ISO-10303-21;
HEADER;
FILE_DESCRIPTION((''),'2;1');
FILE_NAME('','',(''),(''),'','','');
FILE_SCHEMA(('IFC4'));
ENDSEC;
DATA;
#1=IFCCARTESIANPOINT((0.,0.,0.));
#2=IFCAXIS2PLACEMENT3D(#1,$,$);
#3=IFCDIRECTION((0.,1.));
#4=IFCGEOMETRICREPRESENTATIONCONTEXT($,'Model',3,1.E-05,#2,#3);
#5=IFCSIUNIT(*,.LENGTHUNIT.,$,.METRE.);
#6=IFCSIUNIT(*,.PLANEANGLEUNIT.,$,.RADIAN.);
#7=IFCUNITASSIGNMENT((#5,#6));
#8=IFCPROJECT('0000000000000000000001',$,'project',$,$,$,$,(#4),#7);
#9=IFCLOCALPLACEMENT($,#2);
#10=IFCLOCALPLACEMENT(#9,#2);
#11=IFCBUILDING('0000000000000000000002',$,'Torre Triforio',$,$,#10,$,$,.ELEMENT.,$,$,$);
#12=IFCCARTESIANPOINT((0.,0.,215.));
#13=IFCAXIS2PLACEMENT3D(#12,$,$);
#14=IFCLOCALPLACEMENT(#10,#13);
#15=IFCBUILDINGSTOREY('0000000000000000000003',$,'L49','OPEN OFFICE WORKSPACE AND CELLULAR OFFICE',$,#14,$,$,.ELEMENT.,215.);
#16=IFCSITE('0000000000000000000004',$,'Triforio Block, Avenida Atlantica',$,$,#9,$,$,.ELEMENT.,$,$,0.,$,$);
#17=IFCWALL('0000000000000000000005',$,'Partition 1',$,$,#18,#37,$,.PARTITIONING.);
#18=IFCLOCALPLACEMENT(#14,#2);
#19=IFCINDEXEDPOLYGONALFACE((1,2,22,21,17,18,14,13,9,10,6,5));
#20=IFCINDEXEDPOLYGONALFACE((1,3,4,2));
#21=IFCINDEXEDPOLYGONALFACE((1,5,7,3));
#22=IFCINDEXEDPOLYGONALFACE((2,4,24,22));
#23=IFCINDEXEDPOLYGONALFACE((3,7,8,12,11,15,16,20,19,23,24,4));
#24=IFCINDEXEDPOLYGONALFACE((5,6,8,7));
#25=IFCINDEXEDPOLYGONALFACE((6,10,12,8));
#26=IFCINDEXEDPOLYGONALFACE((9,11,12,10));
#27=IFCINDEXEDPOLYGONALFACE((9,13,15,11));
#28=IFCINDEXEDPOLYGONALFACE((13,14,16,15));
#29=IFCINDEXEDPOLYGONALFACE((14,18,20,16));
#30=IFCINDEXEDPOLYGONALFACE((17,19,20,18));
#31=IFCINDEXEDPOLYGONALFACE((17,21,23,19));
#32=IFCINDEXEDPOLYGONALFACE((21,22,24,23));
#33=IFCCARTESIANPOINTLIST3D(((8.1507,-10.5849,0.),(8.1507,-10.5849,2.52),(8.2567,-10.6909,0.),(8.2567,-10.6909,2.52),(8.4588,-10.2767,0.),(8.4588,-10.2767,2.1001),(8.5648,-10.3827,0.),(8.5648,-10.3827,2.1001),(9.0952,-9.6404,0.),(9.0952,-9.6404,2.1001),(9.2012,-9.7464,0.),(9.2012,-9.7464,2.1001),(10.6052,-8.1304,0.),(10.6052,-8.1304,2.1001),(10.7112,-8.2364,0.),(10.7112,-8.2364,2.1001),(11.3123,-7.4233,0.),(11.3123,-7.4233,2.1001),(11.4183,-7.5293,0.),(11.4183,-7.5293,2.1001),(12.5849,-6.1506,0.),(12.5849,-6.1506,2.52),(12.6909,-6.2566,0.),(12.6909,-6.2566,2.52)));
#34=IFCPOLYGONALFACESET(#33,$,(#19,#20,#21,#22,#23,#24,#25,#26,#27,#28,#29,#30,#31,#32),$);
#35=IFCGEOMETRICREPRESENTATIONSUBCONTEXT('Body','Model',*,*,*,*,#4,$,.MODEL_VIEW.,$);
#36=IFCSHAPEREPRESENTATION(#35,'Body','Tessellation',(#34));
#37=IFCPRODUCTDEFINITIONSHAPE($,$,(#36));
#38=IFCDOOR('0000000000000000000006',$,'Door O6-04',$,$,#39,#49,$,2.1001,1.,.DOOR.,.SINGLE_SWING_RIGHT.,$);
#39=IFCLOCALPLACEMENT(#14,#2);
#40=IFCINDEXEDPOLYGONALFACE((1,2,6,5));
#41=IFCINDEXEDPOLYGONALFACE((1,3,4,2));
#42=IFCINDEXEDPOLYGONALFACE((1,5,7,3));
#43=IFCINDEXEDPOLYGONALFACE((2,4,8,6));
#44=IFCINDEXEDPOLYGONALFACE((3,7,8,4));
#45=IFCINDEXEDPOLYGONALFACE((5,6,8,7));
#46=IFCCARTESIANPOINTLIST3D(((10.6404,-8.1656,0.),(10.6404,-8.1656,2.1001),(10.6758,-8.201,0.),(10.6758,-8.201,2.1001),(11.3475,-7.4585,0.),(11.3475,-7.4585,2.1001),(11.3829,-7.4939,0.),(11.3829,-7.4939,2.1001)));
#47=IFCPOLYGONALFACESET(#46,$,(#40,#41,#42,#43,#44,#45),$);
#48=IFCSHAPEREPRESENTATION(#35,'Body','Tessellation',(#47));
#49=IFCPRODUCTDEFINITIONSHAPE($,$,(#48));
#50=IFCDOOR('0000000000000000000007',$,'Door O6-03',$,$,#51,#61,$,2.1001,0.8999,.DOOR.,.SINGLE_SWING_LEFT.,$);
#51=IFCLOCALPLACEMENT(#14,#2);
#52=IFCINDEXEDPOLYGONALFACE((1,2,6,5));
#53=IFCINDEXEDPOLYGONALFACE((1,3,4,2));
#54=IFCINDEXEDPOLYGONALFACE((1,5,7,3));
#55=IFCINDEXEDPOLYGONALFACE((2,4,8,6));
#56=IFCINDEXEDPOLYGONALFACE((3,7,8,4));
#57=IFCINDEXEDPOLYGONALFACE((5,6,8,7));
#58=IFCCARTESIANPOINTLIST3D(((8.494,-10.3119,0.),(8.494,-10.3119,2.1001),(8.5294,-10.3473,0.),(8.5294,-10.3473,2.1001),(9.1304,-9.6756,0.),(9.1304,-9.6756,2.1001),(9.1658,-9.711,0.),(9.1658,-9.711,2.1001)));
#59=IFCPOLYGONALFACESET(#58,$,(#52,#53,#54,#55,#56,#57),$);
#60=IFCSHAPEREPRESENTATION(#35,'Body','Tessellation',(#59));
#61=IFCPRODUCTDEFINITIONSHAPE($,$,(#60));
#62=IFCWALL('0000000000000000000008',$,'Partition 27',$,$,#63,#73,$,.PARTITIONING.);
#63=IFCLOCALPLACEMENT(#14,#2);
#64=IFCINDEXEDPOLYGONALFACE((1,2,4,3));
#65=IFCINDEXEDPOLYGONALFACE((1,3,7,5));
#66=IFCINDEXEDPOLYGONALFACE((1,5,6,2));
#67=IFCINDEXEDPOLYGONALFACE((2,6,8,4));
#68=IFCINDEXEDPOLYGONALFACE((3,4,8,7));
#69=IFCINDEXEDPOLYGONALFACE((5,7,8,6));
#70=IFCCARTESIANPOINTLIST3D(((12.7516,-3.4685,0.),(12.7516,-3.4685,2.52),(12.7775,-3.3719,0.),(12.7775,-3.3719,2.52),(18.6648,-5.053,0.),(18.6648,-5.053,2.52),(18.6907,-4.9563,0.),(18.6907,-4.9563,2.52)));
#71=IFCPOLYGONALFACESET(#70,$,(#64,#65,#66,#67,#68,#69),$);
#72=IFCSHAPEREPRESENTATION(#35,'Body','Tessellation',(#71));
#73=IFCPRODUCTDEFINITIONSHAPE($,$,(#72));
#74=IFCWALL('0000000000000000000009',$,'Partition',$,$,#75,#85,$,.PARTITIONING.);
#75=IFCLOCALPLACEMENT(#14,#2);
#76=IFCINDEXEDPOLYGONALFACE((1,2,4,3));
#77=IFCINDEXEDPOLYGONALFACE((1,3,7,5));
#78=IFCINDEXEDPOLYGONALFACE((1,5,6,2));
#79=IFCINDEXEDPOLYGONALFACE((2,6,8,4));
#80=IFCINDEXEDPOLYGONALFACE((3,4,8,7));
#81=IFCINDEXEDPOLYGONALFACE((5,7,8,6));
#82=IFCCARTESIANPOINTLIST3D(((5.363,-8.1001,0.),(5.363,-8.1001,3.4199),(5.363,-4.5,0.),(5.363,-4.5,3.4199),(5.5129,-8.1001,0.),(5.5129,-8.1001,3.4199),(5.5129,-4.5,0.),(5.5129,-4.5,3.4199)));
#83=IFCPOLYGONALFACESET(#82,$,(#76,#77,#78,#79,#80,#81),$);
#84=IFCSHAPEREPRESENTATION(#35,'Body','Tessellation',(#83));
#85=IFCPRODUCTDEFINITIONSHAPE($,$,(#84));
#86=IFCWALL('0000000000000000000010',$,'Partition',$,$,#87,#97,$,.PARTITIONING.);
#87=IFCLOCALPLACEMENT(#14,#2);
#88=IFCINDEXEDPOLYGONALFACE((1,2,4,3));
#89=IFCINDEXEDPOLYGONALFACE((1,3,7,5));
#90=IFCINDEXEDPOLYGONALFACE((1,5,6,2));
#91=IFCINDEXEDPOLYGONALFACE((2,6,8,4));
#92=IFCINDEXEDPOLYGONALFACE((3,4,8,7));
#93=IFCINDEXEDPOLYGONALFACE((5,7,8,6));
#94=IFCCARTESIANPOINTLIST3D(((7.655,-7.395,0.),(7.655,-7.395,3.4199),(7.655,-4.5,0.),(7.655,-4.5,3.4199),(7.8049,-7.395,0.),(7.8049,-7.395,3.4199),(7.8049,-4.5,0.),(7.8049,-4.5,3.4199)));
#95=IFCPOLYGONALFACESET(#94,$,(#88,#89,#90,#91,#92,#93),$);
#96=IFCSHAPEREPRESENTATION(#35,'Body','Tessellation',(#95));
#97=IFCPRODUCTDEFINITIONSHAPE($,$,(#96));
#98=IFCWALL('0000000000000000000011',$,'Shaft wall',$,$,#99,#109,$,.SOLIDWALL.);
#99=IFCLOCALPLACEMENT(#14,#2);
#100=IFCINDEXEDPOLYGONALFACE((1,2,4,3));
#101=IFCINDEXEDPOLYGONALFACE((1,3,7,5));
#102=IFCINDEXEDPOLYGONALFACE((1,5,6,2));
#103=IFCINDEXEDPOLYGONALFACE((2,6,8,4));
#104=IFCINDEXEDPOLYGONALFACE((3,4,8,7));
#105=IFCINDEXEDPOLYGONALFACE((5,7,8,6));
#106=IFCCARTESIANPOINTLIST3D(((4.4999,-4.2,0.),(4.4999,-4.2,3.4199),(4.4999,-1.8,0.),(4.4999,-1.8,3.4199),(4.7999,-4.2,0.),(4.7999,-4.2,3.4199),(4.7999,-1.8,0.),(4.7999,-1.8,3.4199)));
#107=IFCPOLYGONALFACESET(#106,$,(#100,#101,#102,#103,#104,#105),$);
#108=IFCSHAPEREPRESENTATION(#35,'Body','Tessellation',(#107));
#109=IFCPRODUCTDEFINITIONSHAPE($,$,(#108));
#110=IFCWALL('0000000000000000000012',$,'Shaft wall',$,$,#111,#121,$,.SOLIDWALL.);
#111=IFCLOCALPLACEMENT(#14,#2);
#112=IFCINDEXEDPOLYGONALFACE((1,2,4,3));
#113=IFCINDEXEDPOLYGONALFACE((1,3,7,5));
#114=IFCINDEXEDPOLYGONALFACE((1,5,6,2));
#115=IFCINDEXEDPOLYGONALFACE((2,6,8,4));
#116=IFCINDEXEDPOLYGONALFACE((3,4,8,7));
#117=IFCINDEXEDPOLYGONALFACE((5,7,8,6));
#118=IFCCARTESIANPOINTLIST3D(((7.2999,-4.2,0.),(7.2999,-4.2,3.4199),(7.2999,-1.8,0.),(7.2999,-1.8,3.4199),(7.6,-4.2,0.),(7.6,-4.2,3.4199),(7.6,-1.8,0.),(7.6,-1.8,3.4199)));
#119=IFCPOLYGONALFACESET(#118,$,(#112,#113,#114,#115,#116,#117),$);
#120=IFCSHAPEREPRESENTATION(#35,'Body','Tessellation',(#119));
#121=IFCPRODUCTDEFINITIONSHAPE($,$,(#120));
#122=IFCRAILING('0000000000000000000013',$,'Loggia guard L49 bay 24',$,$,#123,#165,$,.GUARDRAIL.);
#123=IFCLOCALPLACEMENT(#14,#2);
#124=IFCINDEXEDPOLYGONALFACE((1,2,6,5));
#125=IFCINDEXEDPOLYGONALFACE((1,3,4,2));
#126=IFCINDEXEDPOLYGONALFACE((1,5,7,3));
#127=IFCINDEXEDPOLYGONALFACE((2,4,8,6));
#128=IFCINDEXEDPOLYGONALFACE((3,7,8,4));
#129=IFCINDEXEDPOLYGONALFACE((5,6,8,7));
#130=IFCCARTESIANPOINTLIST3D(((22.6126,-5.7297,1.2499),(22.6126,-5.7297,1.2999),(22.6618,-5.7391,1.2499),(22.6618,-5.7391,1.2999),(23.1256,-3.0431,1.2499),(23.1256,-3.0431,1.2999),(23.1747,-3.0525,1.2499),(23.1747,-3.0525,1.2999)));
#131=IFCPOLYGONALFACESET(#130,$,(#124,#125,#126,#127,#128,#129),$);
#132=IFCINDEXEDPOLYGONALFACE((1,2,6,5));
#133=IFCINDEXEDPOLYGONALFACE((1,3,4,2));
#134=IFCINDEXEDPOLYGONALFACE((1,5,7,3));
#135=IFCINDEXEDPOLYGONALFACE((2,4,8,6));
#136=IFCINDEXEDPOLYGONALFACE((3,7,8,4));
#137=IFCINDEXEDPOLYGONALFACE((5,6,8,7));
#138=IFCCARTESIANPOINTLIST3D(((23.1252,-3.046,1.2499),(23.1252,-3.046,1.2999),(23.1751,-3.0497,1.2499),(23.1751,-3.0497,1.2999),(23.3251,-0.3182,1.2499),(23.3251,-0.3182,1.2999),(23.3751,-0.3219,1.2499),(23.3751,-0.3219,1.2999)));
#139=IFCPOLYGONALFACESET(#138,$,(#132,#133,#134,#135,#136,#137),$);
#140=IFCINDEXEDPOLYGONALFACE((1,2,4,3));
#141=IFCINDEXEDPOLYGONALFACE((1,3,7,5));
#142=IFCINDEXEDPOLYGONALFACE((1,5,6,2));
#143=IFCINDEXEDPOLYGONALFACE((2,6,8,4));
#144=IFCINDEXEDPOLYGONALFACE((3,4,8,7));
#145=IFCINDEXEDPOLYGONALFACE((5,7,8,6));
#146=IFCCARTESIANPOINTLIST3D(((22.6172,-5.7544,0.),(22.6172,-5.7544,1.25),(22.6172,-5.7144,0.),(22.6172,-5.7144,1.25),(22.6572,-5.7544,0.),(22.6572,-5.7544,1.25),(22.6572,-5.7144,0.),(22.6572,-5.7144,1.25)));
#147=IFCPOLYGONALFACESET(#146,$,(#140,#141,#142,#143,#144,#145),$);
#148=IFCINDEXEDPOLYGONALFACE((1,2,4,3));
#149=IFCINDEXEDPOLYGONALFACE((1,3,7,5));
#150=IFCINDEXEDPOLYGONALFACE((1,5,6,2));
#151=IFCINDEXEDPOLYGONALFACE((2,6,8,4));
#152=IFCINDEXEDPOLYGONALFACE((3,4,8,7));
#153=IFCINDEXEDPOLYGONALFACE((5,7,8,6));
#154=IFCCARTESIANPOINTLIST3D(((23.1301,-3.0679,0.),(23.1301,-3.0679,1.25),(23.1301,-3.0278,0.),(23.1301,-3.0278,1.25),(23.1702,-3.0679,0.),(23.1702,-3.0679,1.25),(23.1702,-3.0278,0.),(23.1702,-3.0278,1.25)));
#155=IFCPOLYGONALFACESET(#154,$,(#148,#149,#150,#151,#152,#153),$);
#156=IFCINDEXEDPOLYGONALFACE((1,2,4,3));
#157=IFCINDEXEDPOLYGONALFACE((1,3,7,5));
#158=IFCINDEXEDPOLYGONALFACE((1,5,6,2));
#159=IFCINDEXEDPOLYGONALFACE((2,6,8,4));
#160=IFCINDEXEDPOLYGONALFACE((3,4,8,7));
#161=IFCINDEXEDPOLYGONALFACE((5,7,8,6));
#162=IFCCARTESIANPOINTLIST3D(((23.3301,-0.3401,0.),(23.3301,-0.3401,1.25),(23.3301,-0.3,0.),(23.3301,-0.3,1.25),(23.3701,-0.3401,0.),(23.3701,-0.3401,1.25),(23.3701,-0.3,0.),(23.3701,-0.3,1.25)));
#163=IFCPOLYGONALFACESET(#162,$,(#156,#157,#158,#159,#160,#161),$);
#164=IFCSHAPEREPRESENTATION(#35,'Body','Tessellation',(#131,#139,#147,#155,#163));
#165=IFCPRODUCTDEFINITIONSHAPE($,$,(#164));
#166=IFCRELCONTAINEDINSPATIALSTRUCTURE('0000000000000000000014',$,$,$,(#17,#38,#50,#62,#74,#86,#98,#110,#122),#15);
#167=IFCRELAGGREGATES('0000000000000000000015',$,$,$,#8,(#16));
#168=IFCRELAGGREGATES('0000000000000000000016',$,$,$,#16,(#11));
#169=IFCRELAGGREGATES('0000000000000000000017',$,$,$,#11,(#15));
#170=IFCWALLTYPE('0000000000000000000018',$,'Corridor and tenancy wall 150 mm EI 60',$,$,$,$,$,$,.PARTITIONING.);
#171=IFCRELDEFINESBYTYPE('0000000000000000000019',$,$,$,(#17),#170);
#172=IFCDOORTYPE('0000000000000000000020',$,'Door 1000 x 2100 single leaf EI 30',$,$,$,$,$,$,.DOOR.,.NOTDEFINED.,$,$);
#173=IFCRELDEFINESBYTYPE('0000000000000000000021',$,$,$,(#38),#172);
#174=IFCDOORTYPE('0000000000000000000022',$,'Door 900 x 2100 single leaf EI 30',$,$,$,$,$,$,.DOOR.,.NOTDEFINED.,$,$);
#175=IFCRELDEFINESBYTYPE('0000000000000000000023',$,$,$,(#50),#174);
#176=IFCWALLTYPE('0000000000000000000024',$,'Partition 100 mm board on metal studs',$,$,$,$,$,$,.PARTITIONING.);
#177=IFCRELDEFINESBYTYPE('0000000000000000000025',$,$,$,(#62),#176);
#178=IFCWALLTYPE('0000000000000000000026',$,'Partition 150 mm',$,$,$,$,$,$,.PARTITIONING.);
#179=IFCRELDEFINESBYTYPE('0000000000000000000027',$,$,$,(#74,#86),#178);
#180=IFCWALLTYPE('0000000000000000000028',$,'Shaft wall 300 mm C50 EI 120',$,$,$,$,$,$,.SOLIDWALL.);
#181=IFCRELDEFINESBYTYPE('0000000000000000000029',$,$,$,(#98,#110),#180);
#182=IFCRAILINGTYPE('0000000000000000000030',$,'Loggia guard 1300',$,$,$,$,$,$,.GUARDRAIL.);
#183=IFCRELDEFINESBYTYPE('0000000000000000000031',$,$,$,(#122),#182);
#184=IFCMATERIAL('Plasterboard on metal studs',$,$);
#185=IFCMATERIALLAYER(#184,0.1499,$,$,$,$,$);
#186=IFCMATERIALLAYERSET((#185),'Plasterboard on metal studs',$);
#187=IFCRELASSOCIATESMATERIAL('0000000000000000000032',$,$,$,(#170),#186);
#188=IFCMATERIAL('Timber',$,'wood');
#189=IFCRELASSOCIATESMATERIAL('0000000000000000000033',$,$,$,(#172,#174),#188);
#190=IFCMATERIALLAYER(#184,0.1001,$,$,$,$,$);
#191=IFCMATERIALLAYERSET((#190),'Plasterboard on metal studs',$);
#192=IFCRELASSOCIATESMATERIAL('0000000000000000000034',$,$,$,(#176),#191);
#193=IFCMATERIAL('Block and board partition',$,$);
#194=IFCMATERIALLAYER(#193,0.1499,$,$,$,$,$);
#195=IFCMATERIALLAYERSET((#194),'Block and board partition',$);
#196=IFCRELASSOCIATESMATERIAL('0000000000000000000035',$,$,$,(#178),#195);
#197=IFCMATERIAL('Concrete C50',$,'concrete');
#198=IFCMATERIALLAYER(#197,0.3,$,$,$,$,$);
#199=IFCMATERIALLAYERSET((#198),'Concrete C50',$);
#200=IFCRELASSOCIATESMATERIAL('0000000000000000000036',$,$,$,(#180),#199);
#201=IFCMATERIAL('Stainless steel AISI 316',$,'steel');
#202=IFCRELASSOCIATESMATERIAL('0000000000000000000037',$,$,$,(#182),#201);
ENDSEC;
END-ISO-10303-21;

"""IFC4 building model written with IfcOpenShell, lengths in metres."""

from ifc_helpers import new_model, si_unit, direction, frame, frame_2d, origin, origin_2d, place, context, subcontext, project, spatial, rectangle, extrude, material, layer, layer_set, type_object, element, fill, save


model = new_model("IFC4")

# Units and contexts
model_context = context("Model", 3, precision=1e-05, world=origin(), true_north=direction((0.0, 1.0)))
body_context = subcontext(model_context, "Body", "Model", "MODEL_VIEW")
ifc_project = project(units=[si_unit("LENGTHUNIT", "METRE"), si_unit("PLANEANGLEUNIT", "RADIAN")], contexts=[model_context])

# Site, building, storey
site_placement = place(None, origin())
site = spatial("IfcSite", under=ifc_project, at=site_placement, Name="Triforio Block, Avenida Atlantica", CompositionType="ELEMENT", RefElevation=0.0)
building_placement = place(site_placement, origin())
building = spatial("IfcBuilding", under=site, at=building_placement, Name="Torre Triforio", CompositionType="ELEMENT")
storey_placement = place(building_placement, frame((0.0, 0.0, 215.0)))
storey = spatial("IfcBuildingStorey", under=building, at=storey_placement, Name="L49", Description="OPEN OFFICE WORKSPACE AND CELLULAR OFFICE", CompositionType="ELEMENT", Elevation=215.0)

# Shared definitions
ifc_material_1 = material(Name="Concrete C50", Category="concrete")

# Wall, openings, doors
ifc_material_2 = material(Name="Plasterboard on metal studs")
ifc_layer_1 = layer(ifc_material_2, 0.1499)
ifc_layer_set_1 = layer_set([ifc_layer_1], Name="Plasterboard on metal studs")
wall_type_1 = type_object("IfcWallType", Name="Corridor and tenancy wall 150 mm EI 60", PredefinedType="PARTITIONING", material=ifc_layer_set_1)
wall_1_placement = place(storey_placement, frame((12.6379, -6.2036, 0.0), z_axis=(0.0, 0.0, 1.0), x_axis=(-0.707107, -0.707107, 0.0)))
wall_1 = element("IfcWall", 1, at=wall_1_placement, inside=storey, type_object=wall_type_1, Name="Partition 1", PredefinedType="PARTITIONING", context=body_context, shape_type="SweptSolid", body=[
    extrude(rectangle(XDim=6.271, YDim=0.1499, at=frame_2d((3.1355, 0.0))), origin(), (0.0, 0.0, 1.0), 2.52),
])
opening_1_placement = place(wall_1_placement, frame((4.9353, 0.0, 0.0)))
opening_1 = element("IfcOpeningElement", 2, at=opening_1_placement, cuts=wall_1, PredefinedType="OPENING", context=body_context, shape_type="SweptSolid", body=[
    extrude(rectangle(XDim=0.8999, YDim=2.1001, at=frame_2d((0.45, 1.05))), frame((0.0, 0.085, 0.0), z_axis=(0.0, -1.0, 0.0), x_axis=(1.0, 0.0, 0.0)), (0.0, 0.0, 1.0), 0.1699),
])
opening_2_placement = place(wall_1_placement, frame((1.7998, 0.0, 0.0)))
opening_2 = element("IfcOpeningElement", 3, at=opening_2_placement, cuts=wall_1, PredefinedType="OPENING", context=body_context, shape_type="SweptSolid", body=[
    extrude(rectangle(XDim=1.0, YDim=2.1001, at=frame_2d((0.5, 1.05))), frame((0.0, 0.085, 0.0), z_axis=(0.0, -1.0, 0.0), x_axis=(1.0, 0.0, 0.0)), (0.0, 0.0, 1.0), 0.1699),
])
ifc_material_3 = material(Name="Timber", Category="wood")
door_type_1 = type_object("IfcDoorType", Name="Door 1000 x 2100 single leaf EI 30", OperationType="NOTDEFINED", PredefinedType="DOOR", material=ifc_material_3)
door_1_placement = place(opening_2_placement, origin())
door_1 = element("IfcDoor", 4, at=door_1_placement, inside=storey, type_object=door_type_1, Name="Door O6-04", OperationType="SINGLE_SWING_RIGHT", OverallHeight=2.1001, OverallWidth=1.0, PredefinedType="DOOR", context=body_context, shape_type="SweptSolid", body=[
    extrude(rectangle(XDim=1.0, YDim=2.1001, at=frame_2d((0.5, 1.05))), frame((0.0, 0.0249, 0.0), z_axis=(0.0, -1.0, 0.0), x_axis=(1.0, 0.0, 0.0)), (0.0, 0.0, 1.0), 0.05),
])
fill(opening_2, door_1)
door_type_2 = type_object("IfcDoorType", Name="Door 900 x 2100 single leaf EI 30", OperationType="NOTDEFINED", PredefinedType="DOOR", material=ifc_material_3)
door_2_placement = place(opening_1_placement, origin())
door_2 = element("IfcDoor", 5, at=door_2_placement, inside=storey, type_object=door_type_2, Name="Door O6-03", OperationType="SINGLE_SWING_LEFT", OverallHeight=2.1001, OverallWidth=0.8999, PredefinedType="DOOR", context=body_context, shape_type="SweptSolid", body=[
    extrude(rectangle(XDim=0.8999, YDim=2.1001, at=frame_2d((0.45, 1.05))), frame((0.0, 0.0249, 0.0), z_axis=(0.0, -1.0, 0.0), x_axis=(1.0, 0.0, 0.0)), (0.0, 0.0, 1.0), 0.05),
])
fill(opening_1, door_2)

# Walls
ifc_layer_2 = layer(ifc_material_2, 0.1001)
ifc_layer_set_2 = layer_set([ifc_layer_2], Name="Plasterboard on metal studs")
wall_type_2 = type_object("IfcWallType", Name="Partition 100 mm board on metal studs", PredefinedType="PARTITIONING", material=ifc_layer_set_2)
wall_2_placement = place(storey_placement, frame((12.7644, -3.4202, 0.0), z_axis=(0.0, 0.0, 1.0), x_axis=(0.965926, -0.258819, 0.0)))
element("IfcWall", 6, at=wall_2_placement, inside=storey, type_object=wall_type_2, Name="Partition 27", PredefinedType="PARTITIONING", context=body_context, shape_type="SweptSolid", body=[
    extrude(rectangle(XDim=6.1218, YDim=0.1001, at=frame_2d((3.061, 0.0))), origin(), (0.0, 0.0, 1.0), 2.52),
])
ifc_material_4 = material(Name="Block and board partition")
ifc_layer_3 = layer(ifc_material_4, 0.1499)
ifc_layer_set_3 = layer_set([ifc_layer_3], Name="Block and board partition")
wall_type_3 = type_object("IfcWallType", Name="Partition 150 mm", PredefinedType="PARTITIONING", material=ifc_layer_set_3)
wall_3_placement = place(storey_placement, frame((5.438, -8.1001, 0.0), z_axis=(0.0, 0.0, 1.0), x_axis=(0.0, 1.0, 0.0)))
element("IfcWall", 7, at=wall_3_placement, inside=storey, type_object=wall_type_3, Name="Partition", PredefinedType="PARTITIONING", context=body_context, shape_type="SweptSolid", body=[
    extrude(rectangle(XDim=3.6001, YDim=0.1499, at=frame_2d((1.8, 0.0))), origin(), (0.0, 0.0, 1.0), 3.4199),
])
wall_4_placement = place(storey_placement, frame((7.73, -7.395, 0.0), z_axis=(0.0, 0.0, 1.0), x_axis=(0.0, 1.0, 0.0)))
element("IfcWall", 8, at=wall_4_placement, inside=storey, type_object=wall_type_3, Name="Partition", PredefinedType="PARTITIONING", context=body_context, shape_type="SweptSolid", body=[
    extrude(rectangle(XDim=2.895, YDim=0.1499, at=frame_2d((1.4475, 0.0))), origin(), (0.0, 0.0, 1.0), 3.4199),
])
ifc_layer_4 = layer(ifc_material_1, 0.3)
ifc_layer_set_4 = layer_set([ifc_layer_4], Name="Concrete C50")
wall_type_4 = type_object("IfcWallType", Name="Shaft wall 300 mm C50 EI 120", PredefinedType="SOLIDWALL", material=ifc_layer_set_4)
for number, where, z_axis, x_axis, name in (
    (9, (4.6499, -4.2, 0.0), (0.0, 0.0, 1.0), (0.0, 1.0, 0.0), "Shaft wall"),
    (10, (7.45, -4.2, 0.0), (0.0, 0.0, 1.0), (0.0, 1.0, 0.0), "Shaft wall"),
):
    element("IfcWall", number, at=place(storey_placement, frame(where, z_axis=z_axis, x_axis=x_axis)), inside=storey, type_object=wall_type_4, Name=name, PredefinedType="SOLIDWALL", context=body_context, shape_type="SweptSolid", body=[
        extrude(rectangle(XDim=2.3999, YDim=0.3, at=frame_2d((1.2, 0.0))), origin(), (0.0, 0.0, 1.0), 3.4199),
    ])

# Railing
ifc_material_5 = material(Name="Stainless steel AISI 316", Category="steel")
railing_type = type_object("IfcRailingType", Name="Loggia guard 1300", PredefinedType="GUARDRAIL", material=ifc_material_5)
railing_placement = place(storey_placement, frame((22.6372, -5.7344, 0.0)))
element("IfcRailing", 11, at=railing_placement, inside=storey, type_object=railing_type, Name="Loggia guard L49 bay 24", PredefinedType="GUARDRAIL", context=body_context, shape_type="SweptSolid", body=[
    extrude(rectangle(XDim=0.05, YDim=0.05, at=origin_2d()), frame((0.0, 0.0, 1.2749), z_axis=(0.187543, 0.982256, 0.0), x_axis=(-0.982256, 0.187543, 0.0)), (0.0, 0.0, 1.0), 2.7351),
    extrude(rectangle(XDim=0.05, YDim=0.05, at=origin_2d()), frame((0.5129, 2.6865, 1.2749), z_axis=(0.073106, 0.997324, 0.0), x_axis=(-0.997324, 0.073106, 0.0)), (0.0, 0.0, 1.0), 2.7351),
    extrude(rectangle(XDim=0.04, YDim=0.04, at=origin_2d()), origin(), (0.0, 0.0, 1.0), 1.25),
    extrude(rectangle(XDim=0.04, YDim=0.04, at=origin_2d()), frame((0.5129, 2.6865, 0.0)), (0.0, 0.0, 1.0), 1.25),
    extrude(rectangle(XDim=0.04, YDim=0.04, at=origin_2d()), frame((0.7129, 5.4143, 0.0)), (0.0, 0.0, 1.0), 1.25),
])

save(model, "model.ifc")
